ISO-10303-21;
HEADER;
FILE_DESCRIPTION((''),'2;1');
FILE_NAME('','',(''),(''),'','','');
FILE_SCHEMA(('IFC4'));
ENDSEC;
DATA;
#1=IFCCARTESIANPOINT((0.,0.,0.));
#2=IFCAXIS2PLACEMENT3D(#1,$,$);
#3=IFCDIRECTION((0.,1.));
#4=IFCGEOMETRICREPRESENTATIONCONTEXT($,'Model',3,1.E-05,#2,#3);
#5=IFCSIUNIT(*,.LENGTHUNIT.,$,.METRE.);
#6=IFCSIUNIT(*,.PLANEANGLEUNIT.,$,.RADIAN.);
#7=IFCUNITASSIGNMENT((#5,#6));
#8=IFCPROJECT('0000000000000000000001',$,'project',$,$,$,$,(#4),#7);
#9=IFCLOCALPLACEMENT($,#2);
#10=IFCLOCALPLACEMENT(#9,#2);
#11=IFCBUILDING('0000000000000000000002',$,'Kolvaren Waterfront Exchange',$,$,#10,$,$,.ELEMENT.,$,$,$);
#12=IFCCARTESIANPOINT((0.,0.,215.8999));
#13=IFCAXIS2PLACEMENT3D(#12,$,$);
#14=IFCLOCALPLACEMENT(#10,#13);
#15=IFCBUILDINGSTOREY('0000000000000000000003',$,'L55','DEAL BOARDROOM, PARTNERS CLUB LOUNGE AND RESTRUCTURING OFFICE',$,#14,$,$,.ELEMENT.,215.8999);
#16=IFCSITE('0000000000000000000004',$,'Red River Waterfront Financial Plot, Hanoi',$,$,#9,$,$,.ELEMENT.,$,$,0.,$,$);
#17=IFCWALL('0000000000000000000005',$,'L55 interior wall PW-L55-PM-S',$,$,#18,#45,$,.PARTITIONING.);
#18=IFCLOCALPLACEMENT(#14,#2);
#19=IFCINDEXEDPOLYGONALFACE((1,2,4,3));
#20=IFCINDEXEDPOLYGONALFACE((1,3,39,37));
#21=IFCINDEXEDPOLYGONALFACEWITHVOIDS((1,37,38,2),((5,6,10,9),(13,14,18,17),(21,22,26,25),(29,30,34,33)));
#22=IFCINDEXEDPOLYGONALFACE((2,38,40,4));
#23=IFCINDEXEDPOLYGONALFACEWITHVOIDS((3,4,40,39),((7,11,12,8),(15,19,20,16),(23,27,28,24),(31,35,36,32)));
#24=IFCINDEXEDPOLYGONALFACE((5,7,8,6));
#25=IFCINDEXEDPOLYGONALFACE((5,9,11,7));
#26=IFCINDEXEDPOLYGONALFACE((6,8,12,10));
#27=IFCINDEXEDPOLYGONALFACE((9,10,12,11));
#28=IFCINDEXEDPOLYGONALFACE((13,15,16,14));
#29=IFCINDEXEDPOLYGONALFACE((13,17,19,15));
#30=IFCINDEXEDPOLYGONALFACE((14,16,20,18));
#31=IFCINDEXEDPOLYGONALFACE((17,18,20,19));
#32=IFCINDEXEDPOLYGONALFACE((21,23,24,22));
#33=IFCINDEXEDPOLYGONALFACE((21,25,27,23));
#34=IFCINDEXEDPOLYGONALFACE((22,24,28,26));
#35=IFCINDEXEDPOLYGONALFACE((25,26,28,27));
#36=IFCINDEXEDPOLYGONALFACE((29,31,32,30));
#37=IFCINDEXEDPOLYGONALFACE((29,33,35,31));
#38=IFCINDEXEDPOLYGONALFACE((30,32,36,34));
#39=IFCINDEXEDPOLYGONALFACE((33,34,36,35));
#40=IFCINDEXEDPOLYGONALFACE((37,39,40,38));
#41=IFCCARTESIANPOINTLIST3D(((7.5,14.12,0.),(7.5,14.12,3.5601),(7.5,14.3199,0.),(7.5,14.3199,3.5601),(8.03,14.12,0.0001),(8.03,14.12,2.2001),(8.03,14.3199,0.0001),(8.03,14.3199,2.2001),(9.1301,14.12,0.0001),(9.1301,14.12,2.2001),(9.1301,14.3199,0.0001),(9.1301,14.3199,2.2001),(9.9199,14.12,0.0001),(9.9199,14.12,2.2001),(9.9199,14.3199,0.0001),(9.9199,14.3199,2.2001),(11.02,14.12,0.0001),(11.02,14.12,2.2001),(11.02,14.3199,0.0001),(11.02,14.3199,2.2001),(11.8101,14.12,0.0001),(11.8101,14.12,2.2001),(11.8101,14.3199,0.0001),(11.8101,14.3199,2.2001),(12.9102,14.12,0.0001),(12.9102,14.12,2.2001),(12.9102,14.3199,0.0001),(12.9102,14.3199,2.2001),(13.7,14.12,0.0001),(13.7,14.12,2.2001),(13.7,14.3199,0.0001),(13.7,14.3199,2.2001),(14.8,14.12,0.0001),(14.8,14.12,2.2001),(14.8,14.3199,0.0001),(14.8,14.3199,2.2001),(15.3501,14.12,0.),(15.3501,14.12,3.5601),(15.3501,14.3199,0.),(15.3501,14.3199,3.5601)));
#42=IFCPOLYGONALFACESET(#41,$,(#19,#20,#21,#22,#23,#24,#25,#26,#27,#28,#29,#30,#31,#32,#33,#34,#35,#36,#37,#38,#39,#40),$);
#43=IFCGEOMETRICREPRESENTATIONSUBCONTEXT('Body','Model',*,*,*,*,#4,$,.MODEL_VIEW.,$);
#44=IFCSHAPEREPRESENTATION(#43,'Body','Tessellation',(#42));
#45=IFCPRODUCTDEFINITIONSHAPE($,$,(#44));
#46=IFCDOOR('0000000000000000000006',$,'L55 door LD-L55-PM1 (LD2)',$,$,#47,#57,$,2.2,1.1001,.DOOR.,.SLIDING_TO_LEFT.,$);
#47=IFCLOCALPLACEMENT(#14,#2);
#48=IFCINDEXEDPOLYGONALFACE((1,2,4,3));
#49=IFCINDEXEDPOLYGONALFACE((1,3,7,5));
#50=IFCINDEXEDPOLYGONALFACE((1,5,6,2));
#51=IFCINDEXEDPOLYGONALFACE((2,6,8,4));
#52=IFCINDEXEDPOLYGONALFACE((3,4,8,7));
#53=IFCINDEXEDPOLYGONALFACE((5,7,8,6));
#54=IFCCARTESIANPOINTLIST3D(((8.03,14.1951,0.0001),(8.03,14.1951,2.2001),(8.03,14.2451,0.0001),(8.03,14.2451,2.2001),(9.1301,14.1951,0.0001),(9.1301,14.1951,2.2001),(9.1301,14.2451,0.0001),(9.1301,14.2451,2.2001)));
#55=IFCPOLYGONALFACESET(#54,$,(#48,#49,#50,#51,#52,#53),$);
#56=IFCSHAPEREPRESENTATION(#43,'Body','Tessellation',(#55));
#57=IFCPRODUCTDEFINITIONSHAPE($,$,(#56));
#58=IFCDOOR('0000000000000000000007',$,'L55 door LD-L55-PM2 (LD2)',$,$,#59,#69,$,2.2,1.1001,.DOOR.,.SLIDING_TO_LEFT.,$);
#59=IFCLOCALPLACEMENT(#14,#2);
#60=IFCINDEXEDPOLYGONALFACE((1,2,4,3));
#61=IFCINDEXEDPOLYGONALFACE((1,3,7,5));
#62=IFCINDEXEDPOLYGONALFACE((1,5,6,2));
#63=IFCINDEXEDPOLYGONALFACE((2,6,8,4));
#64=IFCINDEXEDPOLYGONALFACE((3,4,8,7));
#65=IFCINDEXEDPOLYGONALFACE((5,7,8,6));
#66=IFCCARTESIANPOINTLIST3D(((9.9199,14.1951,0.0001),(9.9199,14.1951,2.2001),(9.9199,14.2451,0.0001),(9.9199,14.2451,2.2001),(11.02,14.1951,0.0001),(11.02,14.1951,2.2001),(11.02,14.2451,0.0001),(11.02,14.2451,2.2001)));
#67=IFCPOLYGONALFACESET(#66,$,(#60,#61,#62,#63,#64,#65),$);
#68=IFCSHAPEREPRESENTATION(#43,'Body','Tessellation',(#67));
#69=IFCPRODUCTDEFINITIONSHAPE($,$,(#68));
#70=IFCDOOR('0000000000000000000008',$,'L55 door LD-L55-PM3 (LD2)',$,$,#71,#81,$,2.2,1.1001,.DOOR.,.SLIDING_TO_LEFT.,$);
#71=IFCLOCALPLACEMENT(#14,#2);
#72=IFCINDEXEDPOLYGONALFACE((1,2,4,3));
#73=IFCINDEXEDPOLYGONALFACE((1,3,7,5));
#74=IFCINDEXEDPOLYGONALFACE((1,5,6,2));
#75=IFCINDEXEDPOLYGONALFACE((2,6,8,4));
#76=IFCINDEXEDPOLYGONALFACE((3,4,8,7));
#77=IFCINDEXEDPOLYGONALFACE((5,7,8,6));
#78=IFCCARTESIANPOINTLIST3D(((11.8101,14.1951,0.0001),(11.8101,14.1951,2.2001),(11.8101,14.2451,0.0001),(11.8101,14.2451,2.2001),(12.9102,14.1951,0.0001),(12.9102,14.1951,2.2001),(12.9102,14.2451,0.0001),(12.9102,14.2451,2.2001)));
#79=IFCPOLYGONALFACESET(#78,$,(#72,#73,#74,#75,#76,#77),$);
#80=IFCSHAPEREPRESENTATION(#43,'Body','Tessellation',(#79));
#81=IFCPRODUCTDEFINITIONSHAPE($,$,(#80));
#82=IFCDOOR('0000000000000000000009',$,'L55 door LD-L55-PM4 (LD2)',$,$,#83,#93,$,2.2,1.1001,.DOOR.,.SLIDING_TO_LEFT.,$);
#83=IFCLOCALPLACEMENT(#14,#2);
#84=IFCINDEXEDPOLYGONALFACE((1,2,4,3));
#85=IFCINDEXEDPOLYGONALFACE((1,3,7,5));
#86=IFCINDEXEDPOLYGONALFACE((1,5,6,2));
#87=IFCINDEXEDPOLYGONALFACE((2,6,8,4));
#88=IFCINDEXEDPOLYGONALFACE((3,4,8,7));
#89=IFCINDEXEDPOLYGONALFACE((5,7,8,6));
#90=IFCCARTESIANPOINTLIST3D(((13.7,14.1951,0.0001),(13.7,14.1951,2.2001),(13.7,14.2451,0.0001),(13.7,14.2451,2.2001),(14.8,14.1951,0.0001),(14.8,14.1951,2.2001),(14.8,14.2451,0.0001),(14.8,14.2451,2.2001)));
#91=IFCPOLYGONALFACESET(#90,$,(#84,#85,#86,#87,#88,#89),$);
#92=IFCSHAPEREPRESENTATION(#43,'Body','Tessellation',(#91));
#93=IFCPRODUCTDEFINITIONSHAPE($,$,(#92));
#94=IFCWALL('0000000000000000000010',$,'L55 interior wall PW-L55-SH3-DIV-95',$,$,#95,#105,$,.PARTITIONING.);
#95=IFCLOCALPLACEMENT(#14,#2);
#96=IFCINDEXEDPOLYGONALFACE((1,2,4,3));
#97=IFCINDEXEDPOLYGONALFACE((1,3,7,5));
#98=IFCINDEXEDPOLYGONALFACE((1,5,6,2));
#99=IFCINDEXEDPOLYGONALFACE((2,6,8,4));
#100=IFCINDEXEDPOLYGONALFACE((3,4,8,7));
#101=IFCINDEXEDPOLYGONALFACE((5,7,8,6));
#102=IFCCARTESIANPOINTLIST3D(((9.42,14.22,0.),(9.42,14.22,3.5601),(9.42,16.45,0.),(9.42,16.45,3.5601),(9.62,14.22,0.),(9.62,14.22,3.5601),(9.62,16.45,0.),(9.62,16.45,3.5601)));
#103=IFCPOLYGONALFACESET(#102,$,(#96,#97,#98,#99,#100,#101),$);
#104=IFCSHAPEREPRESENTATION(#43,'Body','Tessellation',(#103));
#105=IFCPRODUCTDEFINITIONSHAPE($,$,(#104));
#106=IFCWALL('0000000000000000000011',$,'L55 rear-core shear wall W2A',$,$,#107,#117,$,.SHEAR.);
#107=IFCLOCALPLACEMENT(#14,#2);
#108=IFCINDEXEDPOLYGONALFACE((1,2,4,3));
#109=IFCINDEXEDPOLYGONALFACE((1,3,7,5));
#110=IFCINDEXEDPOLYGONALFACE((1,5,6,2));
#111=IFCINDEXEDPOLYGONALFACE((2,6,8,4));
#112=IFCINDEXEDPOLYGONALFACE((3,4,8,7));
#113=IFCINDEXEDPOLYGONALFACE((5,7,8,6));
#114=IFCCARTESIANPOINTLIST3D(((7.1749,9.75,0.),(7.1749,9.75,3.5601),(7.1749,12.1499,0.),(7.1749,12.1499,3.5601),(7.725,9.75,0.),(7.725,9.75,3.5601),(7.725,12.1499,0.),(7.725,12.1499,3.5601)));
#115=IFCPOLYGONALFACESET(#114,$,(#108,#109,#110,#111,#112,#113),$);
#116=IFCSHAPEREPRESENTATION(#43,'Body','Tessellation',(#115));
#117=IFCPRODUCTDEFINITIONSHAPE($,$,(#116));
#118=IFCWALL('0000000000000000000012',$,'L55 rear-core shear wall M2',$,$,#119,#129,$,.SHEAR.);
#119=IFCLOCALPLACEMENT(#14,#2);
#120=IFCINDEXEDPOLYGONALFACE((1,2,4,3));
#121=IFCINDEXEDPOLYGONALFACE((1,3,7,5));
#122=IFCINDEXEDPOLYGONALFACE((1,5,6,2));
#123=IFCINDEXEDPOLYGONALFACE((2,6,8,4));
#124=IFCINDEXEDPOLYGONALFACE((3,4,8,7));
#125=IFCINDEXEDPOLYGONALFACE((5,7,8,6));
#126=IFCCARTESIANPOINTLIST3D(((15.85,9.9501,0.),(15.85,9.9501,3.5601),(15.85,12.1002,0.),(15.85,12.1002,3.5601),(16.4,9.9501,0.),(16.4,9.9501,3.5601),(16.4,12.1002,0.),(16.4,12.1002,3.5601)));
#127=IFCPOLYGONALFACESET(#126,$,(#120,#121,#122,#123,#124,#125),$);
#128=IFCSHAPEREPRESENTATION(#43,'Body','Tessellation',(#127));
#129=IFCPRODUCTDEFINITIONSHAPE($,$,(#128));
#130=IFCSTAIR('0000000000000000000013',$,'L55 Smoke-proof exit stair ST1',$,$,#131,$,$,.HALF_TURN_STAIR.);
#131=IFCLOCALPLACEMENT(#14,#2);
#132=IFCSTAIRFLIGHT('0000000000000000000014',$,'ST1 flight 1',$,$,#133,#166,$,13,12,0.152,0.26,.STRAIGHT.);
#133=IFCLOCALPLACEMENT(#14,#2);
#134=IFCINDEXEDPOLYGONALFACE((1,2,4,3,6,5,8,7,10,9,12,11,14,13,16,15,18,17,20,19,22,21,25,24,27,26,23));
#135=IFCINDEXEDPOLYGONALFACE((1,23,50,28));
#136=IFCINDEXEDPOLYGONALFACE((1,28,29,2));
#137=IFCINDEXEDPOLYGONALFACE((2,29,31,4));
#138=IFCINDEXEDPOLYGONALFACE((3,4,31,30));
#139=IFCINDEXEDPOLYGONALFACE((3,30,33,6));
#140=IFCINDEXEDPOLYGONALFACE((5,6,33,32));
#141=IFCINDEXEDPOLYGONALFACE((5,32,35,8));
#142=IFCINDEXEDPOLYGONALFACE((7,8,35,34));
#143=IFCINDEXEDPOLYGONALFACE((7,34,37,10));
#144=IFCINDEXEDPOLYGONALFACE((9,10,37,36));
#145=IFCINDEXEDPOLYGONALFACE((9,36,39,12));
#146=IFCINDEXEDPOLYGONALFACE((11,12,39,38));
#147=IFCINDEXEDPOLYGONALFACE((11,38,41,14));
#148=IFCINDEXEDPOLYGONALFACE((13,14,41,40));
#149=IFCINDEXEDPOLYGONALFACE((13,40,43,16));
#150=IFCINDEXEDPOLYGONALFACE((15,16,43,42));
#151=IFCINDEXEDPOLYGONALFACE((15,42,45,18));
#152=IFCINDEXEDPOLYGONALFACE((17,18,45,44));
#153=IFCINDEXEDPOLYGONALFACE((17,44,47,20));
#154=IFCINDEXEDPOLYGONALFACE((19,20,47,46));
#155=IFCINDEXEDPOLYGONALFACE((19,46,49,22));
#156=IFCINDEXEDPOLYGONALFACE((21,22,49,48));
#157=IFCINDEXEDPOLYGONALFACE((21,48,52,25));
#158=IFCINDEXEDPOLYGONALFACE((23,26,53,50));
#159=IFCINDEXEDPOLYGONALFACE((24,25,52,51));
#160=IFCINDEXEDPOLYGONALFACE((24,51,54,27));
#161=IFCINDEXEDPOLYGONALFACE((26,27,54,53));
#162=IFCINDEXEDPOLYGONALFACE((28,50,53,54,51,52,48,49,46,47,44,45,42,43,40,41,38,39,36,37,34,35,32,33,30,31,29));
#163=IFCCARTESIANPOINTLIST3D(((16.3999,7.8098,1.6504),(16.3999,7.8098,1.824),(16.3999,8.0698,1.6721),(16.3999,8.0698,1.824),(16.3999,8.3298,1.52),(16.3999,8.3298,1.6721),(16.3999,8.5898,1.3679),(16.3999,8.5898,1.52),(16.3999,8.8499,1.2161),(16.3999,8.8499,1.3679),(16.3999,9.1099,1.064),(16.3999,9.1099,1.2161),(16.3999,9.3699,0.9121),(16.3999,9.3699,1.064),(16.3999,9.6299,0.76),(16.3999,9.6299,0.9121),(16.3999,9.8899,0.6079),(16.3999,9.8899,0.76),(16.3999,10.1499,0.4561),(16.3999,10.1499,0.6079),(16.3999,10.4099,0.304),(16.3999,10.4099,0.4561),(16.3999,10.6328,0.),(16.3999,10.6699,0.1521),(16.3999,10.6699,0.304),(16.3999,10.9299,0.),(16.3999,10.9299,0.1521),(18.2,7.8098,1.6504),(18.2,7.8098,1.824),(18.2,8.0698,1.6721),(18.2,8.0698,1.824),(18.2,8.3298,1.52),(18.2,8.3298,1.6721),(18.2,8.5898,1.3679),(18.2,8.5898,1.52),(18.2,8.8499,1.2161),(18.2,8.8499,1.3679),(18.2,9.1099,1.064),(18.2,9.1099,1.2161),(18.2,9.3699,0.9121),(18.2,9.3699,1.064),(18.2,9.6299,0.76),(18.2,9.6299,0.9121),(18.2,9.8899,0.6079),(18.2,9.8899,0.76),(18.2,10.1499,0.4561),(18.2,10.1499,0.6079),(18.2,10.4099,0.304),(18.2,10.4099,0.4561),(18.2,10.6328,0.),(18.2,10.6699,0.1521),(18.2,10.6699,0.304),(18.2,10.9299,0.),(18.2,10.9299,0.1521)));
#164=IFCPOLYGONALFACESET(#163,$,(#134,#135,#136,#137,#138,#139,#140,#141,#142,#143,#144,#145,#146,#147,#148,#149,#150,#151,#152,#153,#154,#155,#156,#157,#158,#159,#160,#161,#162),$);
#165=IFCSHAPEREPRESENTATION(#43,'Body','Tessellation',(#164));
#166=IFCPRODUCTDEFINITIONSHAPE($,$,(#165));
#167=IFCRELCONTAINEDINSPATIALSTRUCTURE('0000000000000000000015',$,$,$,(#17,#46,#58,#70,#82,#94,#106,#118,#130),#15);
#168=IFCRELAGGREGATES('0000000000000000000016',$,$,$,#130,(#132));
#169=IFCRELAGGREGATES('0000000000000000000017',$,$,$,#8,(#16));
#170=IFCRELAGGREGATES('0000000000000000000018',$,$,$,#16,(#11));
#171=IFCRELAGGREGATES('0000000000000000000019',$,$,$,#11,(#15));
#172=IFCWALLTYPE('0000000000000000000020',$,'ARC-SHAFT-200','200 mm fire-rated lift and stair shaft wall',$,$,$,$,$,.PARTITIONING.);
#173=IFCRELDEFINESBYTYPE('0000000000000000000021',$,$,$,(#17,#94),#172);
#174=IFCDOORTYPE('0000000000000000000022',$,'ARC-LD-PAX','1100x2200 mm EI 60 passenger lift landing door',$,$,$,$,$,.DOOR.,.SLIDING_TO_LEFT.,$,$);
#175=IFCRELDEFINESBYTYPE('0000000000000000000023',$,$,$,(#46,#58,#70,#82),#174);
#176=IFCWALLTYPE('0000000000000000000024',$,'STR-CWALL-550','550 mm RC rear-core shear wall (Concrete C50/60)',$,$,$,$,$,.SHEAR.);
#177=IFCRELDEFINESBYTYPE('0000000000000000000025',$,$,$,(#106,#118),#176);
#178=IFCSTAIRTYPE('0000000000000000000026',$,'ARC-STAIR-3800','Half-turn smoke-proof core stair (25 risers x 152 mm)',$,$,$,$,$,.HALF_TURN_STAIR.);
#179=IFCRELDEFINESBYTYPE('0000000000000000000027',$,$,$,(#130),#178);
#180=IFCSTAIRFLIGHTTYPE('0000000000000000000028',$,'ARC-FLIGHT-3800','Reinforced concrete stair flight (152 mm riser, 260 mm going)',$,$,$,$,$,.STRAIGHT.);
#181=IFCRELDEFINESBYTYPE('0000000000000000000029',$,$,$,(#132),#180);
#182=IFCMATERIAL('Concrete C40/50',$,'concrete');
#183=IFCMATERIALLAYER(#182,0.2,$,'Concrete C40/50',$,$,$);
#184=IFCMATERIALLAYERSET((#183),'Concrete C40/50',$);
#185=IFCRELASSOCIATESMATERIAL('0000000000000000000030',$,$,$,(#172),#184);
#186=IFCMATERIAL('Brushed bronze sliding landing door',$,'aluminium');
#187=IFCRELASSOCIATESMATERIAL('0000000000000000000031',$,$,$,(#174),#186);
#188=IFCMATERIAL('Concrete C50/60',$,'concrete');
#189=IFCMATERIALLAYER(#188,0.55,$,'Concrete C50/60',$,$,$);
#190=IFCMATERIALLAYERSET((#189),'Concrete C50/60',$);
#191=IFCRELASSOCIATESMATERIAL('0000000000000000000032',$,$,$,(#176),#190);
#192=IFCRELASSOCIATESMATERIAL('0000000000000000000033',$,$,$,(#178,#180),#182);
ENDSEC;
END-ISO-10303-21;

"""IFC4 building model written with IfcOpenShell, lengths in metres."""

from ifc_helpers import new_model, si_unit, direction, frame, frame_2d, origin, place, context, subcontext, project, spatial, polyline, rectangle, outline, extrude, material, layer, layer_set, type_object, element, fill, aggregate, save


model = new_model("IFC4")

# Units and contexts
model_context = context("Model", 3, precision=1e-05, world=origin(), true_north=direction((0.0, 1.0)))
body_context = subcontext(model_context, "Body", "Model", "MODEL_VIEW")
ifc_project = project(units=[si_unit("LENGTHUNIT", "METRE"), si_unit("PLANEANGLEUNIT", "RADIAN")], contexts=[model_context])

# Site, building, storey
site_placement = place(None, origin())
site = spatial("IfcSite", under=ifc_project, at=site_placement, Name="Red River Waterfront Financial Plot, Hanoi", CompositionType="ELEMENT", RefElevation=0.0)
building_placement = place(site_placement, origin())
building = spatial("IfcBuilding", under=site, at=building_placement, Name="Kolvaren Waterfront Exchange", CompositionType="ELEMENT")
storey_placement = place(building_placement, frame((0.0, 0.0, 215.8999)))
storey = spatial("IfcBuildingStorey", under=building, at=storey_placement, Name="L55", Description="DEAL BOARDROOM, PARTNERS CLUB LOUNGE AND RESTRUCTURING OFFICE", CompositionType="ELEMENT", Elevation=215.8999)

# Wall, openings, doors
ifc_material_1 = material(Name="Concrete C40/50", Category="concrete")
ifc_layer_1 = layer(ifc_material_1, 0.2, Name="Concrete C40/50")
ifc_layer_set_1 = layer_set([ifc_layer_1], Name="Concrete C40/50")
wall_type_1 = type_object("IfcWallType", Name="ARC-SHAFT-200", Description="200 mm fire-rated lift and stair shaft wall", PredefinedType="PARTITIONING", material=ifc_layer_set_1)
wall_1_placement = place(storey_placement, frame((7.5, 14.22, 0.0), z_axis=(0.0, 0.0, 1.0), x_axis=(1.0, 0.0, 0.0)))
wall_1 = element("IfcWall", 1, at=wall_1_placement, inside=storey, type_object=wall_type_1, Name="L55 interior wall PW-L55-PM-S", PredefinedType="PARTITIONING", context=body_context, shape_type="SweptSolid", body=[
    extrude(rectangle(XDim=7.8501, YDim=0.2, at=frame_2d((3.925, 0.0))), origin(), (0.0, 0.0, 1.0), 3.5601),
])
opening_1_placement = place(wall_1_placement, frame((0.53, 0.0, 0.0)))
opening_1 = element("IfcOpeningElement", 2, at=opening_1_placement, cuts=wall_1, PredefinedType="OPENING", context=body_context, shape_type="SweptSolid", body=[
    extrude(rectangle(XDim=1.1001, YDim=2.2, at=frame_2d((0.55, 1.1001))), frame((0.0, 0.1099, 0.0), z_axis=(0.0, -1.0, 0.0), x_axis=(1.0, 0.0, 0.0)), (0.0, 0.0, 1.0), 0.22),
])
opening_2_placement = place(wall_1_placement, frame((2.4199, 0.0, 0.0)))
opening_2 = element("IfcOpeningElement", 3, at=opening_2_placement, cuts=wall_1, PredefinedType="OPENING", context=body_context, shape_type="SweptSolid", body=[
    extrude(rectangle(XDim=1.1001, YDim=2.2, at=frame_2d((0.55, 1.1001))), frame((0.0, 0.1099, 0.0), z_axis=(0.0, -1.0, 0.0), x_axis=(1.0, 0.0, 0.0)), (0.0, 0.0, 1.0), 0.22),
])
opening_3_placement = place(wall_1_placement, frame((4.3101, 0.0, 0.0)))
opening_3 = element("IfcOpeningElement", 4, at=opening_3_placement, cuts=wall_1, PredefinedType="OPENING", context=body_context, shape_type="SweptSolid", body=[
    extrude(rectangle(XDim=1.1001, YDim=2.2, at=frame_2d((0.55, 1.1001))), frame((0.0, 0.1099, 0.0), z_axis=(0.0, -1.0, 0.0), x_axis=(1.0, 0.0, 0.0)), (0.0, 0.0, 1.0), 0.22),
])
opening_4_placement = place(wall_1_placement, frame((6.2, 0.0, 0.0)))
opening_4 = element("IfcOpeningElement", 5, at=opening_4_placement, cuts=wall_1, PredefinedType="OPENING", context=body_context, shape_type="SweptSolid", body=[
    extrude(rectangle(XDim=1.1001, YDim=2.2, at=frame_2d((0.55, 1.1001))), frame((0.0, 0.1099, 0.0), z_axis=(0.0, -1.0, 0.0), x_axis=(1.0, 0.0, 0.0)), (0.0, 0.0, 1.0), 0.22),
])
ifc_material_2 = material(Name="Brushed bronze sliding landing door", Category="aluminium")
door_type_1 = type_object("IfcDoorType", Name="ARC-LD-PAX", Description="1100x2200 mm EI 60 passenger lift landing door", OperationType="SLIDING_TO_LEFT", PredefinedType="DOOR", material=ifc_material_2)
door_1_placement = place(opening_1_placement, frame((1.1001, 0.0, 0.0), z_axis=(0.0, 0.0, 1.0), x_axis=(-1.0, 0.0, 0.0)))
door_1 = element("IfcDoor", 6, at=door_1_placement, inside=storey, type_object=door_type_1, Name="L55 door LD-L55-PM1 (LD2)", OperationType="SLIDING_TO_LEFT", OverallHeight=2.2, OverallWidth=1.1001, PredefinedType="DOOR", context=body_context, shape_type="SweptSolid", body=[
    extrude(rectangle(XDim=1.1001, YDim=2.2, at=frame_2d((0.55, 1.1001))), frame((0.0, 0.0249, 0.0), z_axis=(0.0, -1.0, 0.0), x_axis=(1.0, 0.0, 0.0)), (0.0, 0.0, 1.0), 0.05),
])
fill(opening_1, door_1)
door_2_placement = place(opening_2_placement, frame((1.1001, 0.0, 0.0), z_axis=(0.0, 0.0, 1.0), x_axis=(-1.0, 0.0, 0.0)))
door_2 = element("IfcDoor", 7, at=door_2_placement, inside=storey, type_object=door_type_1, Name="L55 door LD-L55-PM2 (LD2)", OperationType="SLIDING_TO_LEFT", OverallHeight=2.2, OverallWidth=1.1001, PredefinedType="DOOR", context=body_context, shape_type="SweptSolid", body=[
    extrude(rectangle(XDim=1.1001, YDim=2.2, at=frame_2d((0.55, 1.1001))), frame((0.0, 0.0249, 0.0), z_axis=(0.0, -1.0, 0.0), x_axis=(1.0, 0.0, 0.0)), (0.0, 0.0, 1.0), 0.05),
])
fill(opening_2, door_2)
door_3_placement = place(opening_3_placement, frame((1.1001, 0.0, 0.0), z_axis=(0.0, 0.0, 1.0), x_axis=(-1.0, 0.0, 0.0)))
door_3 = element("IfcDoor", 8, at=door_3_placement, inside=storey, type_object=door_type_1, Name="L55 door LD-L55-PM3 (LD2)", OperationType="SLIDING_TO_LEFT", OverallHeight=2.2, OverallWidth=1.1001, PredefinedType="DOOR", context=body_context, shape_type="SweptSolid", body=[
    extrude(rectangle(XDim=1.1001, YDim=2.2, at=frame_2d((0.55, 1.1001))), frame((0.0, 0.0249, 0.0), z_axis=(0.0, -1.0, 0.0), x_axis=(1.0, 0.0, 0.0)), (0.0, 0.0, 1.0), 0.05),
])
fill(opening_3, door_3)
door_4_placement = place(opening_4_placement, frame((1.1001, 0.0, 0.0), z_axis=(0.0, 0.0, 1.0), x_axis=(-1.0, 0.0, 0.0)))
door_4 = element("IfcDoor", 9, at=door_4_placement, inside=storey, type_object=door_type_1, Name="L55 door LD-L55-PM4 (LD2)", OperationType="SLIDING_TO_LEFT", OverallHeight=2.2, OverallWidth=1.1001, PredefinedType="DOOR", context=body_context, shape_type="SweptSolid", body=[
    extrude(rectangle(XDim=1.1001, YDim=2.2, at=frame_2d((0.55, 1.1001))), frame((0.0, 0.0249, 0.0), z_axis=(0.0, -1.0, 0.0), x_axis=(1.0, 0.0, 0.0)), (0.0, 0.0, 1.0), 0.05),
])
fill(opening_4, door_4)

# Walls
wall_2_placement = place(storey_placement, frame((9.52, 14.22, 0.0), z_axis=(0.0, 0.0, 1.0), x_axis=(0.0, 1.0, 0.0)))
element("IfcWall", 10, at=wall_2_placement, inside=storey, type_object=wall_type_1, Name="L55 interior wall PW-L55-SH3-DIV-95", PredefinedType="PARTITIONING", context=body_context, shape_type="SweptSolid", body=[
    extrude(rectangle(XDim=2.23, YDim=0.2, at=frame_2d((1.115, 0.0))), origin(), (0.0, 0.0, 1.0), 3.5601),
])
ifc_material_3 = material(Name="Concrete C50/60", Category="concrete")
ifc_layer_2 = layer(ifc_material_3, 0.55, Name="Concrete C50/60")
ifc_layer_set_2 = layer_set([ifc_layer_2], Name="Concrete C50/60")
wall_type_2 = type_object("IfcWallType", Name="STR-CWALL-550", Description="550 mm RC rear-core shear wall (Concrete C50/60)", PredefinedType="SHEAR", material=ifc_layer_set_2)
wall_3_placement = place(storey_placement, frame((7.45, 9.75, 0.0), z_axis=(0.0, 0.0, 1.0), x_axis=(0.0, 1.0, 0.0)))
element("IfcWall", 11, at=wall_3_placement, inside=storey, type_object=wall_type_2, Name="L55 rear-core shear wall W2A", PredefinedType="SHEAR", context=body_context, shape_type="SweptSolid", body=[
    extrude(rectangle(XDim=2.3999, YDim=0.55, at=frame_2d((1.2, 0.0))), origin(), (0.0, 0.0, 1.0), 3.5601),
])
wall_4_placement = place(storey_placement, frame((16.125, 9.95, 0.0), z_axis=(0.0, 0.0, 1.0), x_axis=(0.0, 1.0, 0.0)))
element("IfcWall", 12, at=wall_4_placement, inside=storey, type_object=wall_type_2, Name="L55 rear-core shear wall M2", PredefinedType="SHEAR", context=body_context, shape_type="SweptSolid", body=[
    extrude(rectangle(XDim=2.1501, YDim=0.55, at=frame_2d((1.0752, 0.0))), origin(), (0.0, 0.0, 1.0), 3.5601),
])

# Stair, stair flight
stair_type = type_object("IfcStairType", Name="ARC-STAIR-3800", Description="Half-turn smoke-proof core stair (25 risers x 152 mm)", PredefinedType="HALF_TURN_STAIR", material=ifc_material_1)
stair_placement = place(storey_placement, origin())
stair = element("IfcStair", 13, at=stair_placement, inside=storey, type_object=stair_type, Name="L55 Smoke-proof exit stair ST1", PredefinedType="HALF_TURN_STAIR")
stair_flight_type = type_object("IfcStairFlightType", Name="ARC-FLIGHT-3800", Description="Reinforced concrete stair flight (152 mm riser, 260 mm going)", PredefinedType="STRAIGHT", material=ifc_material_1)
stair_flight_placement = place(storey_placement, frame((17.3, 10.9299, 0.0), z_axis=(0.0, 0.0, 1.0), x_axis=(0.0, -1.0, 0.0)))
stair_flight = element("IfcStairFlight", 14, at=stair_flight_placement, type_object=stair_flight_type, Name="ST1 flight 1", NumberOfRisers=13, NumberOfTreads=12, PredefinedType="STRAIGHT", RiserHeight=0.152, TreadLength=0.26, context=body_context, shape_type="SweptSolid", body=[
    extrude(outline(polyline([(0.0, 0.0), (0.0, 0.1521), (0.26, 0.1521), (0.26, 0.304), (0.52, 0.304), (0.52, 0.4561), (0.78, 0.4561), (0.78, 0.6079), (1.04, 0.6079), (1.04, 0.76), (1.3, 0.76), (1.3, 0.9121), (1.5601, 0.9121), (1.5601, 1.064), (1.8201, 1.064), (1.8201, 1.2161), (2.0801, 1.2161), (2.0801, 1.3679), (2.3401, 1.3679), (2.3401, 1.52), (2.6001, 1.52), (2.6001, 1.6721), (2.8601, 1.6721), (2.8601, 1.824), (3.1201, 1.824), (3.1201, 1.9761), (3.1201, 1.6504), (0.2971, 0.0), (0.0, 0.0)])), frame((0.0, 0.8999, 0.0), z_axis=(0.0, -1.0, 0.0), x_axis=(1.0, 0.0, 0.0)), (0.0, 0.0, 1.0), 1.8),
])
aggregate(stair, [stair_flight])

save(model, "model.ifc")
